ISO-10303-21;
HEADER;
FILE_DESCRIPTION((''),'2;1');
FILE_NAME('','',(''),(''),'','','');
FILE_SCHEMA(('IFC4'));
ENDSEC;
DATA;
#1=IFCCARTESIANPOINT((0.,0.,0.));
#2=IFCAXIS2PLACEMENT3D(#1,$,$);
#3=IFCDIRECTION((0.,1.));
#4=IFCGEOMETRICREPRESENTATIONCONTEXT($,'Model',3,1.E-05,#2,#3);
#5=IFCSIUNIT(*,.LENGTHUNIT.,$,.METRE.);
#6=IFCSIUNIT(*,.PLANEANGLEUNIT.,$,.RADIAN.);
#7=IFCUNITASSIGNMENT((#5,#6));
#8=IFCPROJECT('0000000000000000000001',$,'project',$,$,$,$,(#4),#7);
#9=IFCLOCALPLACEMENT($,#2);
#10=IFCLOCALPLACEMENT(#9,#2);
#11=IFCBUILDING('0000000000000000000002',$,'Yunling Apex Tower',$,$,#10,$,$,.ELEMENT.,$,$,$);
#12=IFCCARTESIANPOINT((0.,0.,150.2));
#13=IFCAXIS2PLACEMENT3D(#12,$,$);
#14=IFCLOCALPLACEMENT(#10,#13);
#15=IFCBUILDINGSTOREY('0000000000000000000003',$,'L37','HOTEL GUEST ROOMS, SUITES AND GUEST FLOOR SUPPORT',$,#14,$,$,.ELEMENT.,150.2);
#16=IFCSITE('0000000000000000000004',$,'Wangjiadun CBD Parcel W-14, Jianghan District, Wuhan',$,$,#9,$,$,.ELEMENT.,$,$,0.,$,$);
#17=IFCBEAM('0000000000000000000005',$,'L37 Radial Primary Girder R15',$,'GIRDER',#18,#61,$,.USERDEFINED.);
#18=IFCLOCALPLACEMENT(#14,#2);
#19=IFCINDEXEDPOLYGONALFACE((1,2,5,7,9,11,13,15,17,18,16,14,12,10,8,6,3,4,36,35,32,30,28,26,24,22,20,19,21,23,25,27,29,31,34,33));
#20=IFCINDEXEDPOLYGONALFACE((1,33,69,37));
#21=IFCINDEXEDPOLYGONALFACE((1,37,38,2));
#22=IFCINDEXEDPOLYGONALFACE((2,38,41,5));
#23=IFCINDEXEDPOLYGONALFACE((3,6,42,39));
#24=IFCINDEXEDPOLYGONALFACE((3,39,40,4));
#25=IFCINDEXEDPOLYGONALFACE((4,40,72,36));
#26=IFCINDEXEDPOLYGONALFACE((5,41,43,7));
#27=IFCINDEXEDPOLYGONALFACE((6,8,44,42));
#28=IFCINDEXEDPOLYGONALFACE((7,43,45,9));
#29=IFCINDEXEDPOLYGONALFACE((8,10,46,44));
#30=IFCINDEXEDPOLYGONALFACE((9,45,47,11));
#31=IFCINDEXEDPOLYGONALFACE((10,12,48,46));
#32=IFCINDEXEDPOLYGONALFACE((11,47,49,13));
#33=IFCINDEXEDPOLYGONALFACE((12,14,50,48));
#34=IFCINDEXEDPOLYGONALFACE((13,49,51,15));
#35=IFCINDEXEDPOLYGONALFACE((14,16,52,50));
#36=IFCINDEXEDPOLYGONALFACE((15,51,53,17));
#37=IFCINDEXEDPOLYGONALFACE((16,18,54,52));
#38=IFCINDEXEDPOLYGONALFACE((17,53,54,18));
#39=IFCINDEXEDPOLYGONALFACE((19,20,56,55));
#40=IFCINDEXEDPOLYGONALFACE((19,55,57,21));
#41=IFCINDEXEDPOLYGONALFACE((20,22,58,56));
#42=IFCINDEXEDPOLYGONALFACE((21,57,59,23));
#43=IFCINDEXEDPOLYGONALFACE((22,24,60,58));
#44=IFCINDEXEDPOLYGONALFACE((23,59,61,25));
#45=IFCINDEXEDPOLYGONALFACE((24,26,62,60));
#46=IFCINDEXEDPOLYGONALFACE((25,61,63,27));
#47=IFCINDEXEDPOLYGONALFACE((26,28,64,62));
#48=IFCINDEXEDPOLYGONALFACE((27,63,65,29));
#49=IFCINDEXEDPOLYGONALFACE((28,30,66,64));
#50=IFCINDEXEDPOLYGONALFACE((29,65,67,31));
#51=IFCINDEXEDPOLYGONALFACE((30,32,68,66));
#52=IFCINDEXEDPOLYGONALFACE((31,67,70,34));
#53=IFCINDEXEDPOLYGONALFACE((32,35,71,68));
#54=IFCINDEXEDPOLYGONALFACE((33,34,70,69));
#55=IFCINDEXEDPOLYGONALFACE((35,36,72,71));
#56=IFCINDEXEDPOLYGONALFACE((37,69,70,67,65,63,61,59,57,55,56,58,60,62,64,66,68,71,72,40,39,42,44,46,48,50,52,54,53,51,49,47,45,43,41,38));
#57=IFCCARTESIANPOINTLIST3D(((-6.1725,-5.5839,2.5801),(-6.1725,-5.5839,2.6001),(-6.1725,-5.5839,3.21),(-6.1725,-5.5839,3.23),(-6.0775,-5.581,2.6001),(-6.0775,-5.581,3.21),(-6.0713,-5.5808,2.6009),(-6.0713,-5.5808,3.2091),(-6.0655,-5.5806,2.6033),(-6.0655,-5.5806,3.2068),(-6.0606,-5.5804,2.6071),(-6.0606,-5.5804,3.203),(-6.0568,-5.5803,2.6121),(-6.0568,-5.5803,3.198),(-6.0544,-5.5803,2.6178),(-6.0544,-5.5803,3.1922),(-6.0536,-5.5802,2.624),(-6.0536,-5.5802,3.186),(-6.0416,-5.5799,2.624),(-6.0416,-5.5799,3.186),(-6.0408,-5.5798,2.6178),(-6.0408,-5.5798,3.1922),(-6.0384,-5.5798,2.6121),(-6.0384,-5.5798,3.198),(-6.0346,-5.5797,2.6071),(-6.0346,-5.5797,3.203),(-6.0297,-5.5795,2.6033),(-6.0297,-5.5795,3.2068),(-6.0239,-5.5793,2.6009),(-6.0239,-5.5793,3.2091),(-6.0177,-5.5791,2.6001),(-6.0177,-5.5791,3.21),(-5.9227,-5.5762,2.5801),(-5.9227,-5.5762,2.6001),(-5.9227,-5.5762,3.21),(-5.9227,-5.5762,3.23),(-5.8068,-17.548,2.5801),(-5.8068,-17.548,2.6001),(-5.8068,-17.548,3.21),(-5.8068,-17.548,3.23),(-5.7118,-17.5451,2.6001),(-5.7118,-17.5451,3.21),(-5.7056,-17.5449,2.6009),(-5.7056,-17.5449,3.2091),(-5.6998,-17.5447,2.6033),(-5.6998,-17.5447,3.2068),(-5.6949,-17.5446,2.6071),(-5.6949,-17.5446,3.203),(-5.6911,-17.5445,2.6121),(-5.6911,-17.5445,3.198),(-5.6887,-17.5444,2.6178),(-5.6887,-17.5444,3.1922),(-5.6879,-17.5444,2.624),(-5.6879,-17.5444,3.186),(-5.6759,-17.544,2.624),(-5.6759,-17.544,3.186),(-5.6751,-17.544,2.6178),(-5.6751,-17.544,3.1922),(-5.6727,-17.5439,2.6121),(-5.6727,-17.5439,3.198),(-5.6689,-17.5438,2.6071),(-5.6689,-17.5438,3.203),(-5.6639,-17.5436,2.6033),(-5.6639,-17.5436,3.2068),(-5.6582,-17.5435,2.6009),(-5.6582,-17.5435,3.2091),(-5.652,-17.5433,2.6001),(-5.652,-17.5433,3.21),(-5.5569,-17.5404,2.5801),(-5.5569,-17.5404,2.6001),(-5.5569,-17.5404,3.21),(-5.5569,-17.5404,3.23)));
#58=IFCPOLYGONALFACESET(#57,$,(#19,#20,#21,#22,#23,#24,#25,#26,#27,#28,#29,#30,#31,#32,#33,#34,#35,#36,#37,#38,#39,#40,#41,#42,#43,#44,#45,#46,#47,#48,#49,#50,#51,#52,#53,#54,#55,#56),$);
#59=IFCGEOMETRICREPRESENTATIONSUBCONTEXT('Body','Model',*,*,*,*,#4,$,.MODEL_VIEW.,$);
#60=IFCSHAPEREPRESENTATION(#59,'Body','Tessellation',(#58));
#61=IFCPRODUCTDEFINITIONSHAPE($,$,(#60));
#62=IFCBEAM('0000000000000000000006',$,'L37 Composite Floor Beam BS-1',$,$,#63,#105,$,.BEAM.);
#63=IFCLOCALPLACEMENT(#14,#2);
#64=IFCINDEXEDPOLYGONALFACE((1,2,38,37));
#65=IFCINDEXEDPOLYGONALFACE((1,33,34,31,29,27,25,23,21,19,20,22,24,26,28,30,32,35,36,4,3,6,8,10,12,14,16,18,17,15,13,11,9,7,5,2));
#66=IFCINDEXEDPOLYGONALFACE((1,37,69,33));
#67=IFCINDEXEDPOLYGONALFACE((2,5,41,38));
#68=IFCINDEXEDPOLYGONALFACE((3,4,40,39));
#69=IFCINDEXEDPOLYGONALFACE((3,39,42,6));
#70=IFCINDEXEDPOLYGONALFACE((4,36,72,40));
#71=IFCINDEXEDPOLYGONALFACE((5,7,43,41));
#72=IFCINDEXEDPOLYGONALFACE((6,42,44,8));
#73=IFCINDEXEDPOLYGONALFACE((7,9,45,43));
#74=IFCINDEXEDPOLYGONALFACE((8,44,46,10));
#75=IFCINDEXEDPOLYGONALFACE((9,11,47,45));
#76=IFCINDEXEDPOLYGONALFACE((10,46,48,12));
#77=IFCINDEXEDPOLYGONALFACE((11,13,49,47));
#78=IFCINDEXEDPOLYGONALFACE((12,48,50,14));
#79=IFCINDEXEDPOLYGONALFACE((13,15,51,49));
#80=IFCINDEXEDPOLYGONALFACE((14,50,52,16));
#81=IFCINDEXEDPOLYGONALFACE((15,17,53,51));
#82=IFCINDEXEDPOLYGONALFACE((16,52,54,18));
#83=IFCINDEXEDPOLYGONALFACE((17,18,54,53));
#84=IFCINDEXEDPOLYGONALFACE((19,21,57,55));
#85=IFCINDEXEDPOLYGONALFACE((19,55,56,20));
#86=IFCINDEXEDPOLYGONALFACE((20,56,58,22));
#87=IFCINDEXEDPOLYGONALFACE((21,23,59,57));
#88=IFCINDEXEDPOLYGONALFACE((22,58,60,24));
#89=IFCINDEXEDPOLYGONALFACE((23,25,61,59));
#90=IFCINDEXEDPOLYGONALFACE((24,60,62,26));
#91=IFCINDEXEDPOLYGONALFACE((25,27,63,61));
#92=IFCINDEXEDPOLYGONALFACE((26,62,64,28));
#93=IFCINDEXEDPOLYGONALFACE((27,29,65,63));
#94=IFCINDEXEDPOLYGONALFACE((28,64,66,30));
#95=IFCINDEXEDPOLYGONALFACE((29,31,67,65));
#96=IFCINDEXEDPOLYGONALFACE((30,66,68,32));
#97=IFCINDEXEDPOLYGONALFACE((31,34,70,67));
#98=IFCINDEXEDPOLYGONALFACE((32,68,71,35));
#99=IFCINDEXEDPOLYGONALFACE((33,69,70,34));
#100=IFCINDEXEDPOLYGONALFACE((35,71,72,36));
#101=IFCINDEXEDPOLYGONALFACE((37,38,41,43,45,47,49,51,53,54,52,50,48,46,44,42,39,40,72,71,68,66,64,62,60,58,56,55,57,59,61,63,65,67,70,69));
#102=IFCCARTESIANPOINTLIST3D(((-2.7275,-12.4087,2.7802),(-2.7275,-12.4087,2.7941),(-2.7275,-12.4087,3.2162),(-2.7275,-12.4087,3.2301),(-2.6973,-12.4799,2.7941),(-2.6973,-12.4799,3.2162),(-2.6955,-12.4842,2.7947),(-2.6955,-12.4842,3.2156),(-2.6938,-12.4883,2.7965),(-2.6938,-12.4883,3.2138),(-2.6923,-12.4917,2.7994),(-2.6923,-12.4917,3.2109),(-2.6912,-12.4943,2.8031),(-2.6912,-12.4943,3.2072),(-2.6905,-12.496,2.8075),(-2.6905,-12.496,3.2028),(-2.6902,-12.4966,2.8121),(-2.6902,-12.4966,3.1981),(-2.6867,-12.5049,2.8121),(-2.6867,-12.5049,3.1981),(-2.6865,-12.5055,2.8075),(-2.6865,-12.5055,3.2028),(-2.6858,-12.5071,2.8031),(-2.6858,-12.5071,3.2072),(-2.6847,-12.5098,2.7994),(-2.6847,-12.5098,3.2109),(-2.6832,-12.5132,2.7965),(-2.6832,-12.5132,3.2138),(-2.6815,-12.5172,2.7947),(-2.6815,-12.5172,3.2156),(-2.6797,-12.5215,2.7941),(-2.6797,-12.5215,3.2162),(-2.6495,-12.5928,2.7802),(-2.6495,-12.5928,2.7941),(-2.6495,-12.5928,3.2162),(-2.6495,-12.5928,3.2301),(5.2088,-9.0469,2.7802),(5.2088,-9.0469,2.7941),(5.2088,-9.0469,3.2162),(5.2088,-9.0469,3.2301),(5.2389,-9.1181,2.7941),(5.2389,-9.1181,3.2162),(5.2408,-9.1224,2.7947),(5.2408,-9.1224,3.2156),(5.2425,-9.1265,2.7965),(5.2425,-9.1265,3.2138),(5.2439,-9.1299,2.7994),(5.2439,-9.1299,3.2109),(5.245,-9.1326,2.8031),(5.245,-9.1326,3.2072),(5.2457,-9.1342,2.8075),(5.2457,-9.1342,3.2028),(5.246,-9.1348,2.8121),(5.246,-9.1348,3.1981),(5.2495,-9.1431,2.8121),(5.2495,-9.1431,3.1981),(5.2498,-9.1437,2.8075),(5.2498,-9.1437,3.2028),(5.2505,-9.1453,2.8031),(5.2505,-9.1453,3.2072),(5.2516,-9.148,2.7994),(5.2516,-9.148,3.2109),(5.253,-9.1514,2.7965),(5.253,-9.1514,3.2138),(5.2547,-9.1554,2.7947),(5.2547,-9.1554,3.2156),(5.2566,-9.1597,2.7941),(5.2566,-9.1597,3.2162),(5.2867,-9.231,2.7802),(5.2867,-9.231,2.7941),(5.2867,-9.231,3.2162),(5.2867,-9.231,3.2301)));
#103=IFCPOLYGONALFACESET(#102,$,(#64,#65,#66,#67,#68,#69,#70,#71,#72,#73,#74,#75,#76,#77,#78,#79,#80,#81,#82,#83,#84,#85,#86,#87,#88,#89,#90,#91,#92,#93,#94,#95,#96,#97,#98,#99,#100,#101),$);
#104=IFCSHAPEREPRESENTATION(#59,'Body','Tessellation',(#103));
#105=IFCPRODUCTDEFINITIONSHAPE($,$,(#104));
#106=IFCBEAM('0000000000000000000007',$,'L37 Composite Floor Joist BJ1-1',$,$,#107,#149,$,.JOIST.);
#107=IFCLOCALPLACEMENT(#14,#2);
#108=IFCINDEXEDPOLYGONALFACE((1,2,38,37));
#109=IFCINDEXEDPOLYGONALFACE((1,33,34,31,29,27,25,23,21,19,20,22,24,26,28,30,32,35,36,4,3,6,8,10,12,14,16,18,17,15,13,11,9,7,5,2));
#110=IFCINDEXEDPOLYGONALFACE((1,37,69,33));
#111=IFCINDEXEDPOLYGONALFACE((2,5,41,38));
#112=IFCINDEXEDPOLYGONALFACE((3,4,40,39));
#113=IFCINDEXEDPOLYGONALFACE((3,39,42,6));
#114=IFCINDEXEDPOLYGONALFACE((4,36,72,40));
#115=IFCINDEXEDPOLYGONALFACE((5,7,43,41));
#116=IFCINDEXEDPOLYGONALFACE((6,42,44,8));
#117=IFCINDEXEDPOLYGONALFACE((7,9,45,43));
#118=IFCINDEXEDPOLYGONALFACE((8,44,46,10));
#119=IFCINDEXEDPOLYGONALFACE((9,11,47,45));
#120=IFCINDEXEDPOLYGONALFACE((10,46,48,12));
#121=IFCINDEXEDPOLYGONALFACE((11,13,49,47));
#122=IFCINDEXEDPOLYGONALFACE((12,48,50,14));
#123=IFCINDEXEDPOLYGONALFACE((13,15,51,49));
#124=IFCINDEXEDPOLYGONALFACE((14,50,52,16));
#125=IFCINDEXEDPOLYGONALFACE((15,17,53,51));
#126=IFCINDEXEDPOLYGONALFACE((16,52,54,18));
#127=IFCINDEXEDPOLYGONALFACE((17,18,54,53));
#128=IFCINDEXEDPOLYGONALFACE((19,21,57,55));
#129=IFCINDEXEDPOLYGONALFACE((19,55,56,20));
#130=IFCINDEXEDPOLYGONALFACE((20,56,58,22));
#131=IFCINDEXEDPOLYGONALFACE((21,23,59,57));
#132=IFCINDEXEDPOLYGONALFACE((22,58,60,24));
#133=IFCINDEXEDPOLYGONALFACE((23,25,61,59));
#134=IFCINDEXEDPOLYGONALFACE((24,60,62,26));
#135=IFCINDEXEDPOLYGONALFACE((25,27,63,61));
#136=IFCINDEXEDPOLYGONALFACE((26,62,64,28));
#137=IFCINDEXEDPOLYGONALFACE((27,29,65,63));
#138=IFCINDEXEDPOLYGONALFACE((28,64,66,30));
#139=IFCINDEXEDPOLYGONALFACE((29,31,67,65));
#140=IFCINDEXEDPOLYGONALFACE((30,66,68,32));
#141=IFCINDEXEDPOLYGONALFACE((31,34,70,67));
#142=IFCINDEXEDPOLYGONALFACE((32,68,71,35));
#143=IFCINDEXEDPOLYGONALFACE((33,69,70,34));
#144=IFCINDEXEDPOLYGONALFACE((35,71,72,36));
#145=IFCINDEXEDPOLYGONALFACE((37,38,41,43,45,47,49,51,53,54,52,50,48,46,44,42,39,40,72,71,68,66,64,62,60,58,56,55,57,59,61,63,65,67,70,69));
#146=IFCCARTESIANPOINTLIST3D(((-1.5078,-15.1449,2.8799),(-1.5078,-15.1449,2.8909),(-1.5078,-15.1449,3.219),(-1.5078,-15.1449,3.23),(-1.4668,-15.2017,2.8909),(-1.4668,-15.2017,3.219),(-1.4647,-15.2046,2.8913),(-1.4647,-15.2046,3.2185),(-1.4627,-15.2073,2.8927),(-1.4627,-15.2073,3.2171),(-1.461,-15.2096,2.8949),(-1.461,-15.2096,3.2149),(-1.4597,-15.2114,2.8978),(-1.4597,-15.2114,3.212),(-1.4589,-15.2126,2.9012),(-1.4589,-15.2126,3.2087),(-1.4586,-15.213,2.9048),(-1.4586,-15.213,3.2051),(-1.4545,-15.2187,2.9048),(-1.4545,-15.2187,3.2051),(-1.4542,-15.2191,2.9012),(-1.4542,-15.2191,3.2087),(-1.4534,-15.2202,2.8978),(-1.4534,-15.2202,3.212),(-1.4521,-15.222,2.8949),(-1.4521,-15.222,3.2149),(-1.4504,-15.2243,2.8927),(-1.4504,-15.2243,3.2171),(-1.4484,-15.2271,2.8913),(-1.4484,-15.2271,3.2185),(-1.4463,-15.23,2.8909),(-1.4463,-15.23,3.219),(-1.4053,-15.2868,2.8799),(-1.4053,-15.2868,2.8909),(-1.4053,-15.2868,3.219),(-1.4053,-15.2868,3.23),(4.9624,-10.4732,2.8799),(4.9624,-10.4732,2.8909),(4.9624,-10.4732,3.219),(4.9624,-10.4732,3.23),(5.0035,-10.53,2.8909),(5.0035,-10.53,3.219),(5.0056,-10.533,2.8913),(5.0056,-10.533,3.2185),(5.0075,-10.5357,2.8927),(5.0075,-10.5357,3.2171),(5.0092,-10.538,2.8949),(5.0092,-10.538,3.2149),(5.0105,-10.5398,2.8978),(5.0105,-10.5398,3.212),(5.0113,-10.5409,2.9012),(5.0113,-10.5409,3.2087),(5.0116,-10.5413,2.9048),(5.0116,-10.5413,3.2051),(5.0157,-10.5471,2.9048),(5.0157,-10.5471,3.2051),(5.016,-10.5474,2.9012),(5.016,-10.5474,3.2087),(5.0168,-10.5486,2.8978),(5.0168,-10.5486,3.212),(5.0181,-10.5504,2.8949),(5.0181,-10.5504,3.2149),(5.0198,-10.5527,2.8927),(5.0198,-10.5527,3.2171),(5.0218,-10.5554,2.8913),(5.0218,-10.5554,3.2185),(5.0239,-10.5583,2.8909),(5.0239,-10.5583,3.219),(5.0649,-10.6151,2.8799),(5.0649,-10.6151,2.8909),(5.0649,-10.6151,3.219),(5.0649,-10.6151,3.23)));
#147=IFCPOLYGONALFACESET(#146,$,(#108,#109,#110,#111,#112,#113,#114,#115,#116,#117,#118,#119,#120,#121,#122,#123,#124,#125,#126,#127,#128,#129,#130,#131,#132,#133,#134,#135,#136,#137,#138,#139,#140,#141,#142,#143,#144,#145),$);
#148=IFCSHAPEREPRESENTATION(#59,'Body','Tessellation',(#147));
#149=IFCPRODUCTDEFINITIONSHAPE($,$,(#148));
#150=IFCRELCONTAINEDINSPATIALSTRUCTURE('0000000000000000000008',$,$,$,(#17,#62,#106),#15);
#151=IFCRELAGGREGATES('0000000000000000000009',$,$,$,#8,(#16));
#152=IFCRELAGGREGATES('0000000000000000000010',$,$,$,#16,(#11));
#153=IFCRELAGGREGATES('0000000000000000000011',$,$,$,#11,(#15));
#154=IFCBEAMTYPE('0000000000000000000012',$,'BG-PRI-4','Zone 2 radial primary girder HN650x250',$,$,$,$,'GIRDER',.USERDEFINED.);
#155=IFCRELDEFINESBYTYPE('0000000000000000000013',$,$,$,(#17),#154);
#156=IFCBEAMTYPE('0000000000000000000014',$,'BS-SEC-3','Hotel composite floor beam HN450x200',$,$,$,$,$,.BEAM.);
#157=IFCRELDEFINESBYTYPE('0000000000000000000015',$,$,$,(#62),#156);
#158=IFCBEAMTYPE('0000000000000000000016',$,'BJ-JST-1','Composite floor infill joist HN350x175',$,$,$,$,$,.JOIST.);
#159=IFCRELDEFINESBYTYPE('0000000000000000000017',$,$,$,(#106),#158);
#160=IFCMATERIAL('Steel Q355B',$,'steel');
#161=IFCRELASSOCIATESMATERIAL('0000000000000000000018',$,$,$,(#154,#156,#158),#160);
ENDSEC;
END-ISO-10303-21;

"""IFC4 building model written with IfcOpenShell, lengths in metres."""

from ifc_helpers import new_model, si_unit, direction, frame, origin, origin_2d, place, context, subcontext, project, spatial, i_section, extrude, source, transform, mapped, material, material_profile, profile_set, type_object, element, save


model = new_model("IFC4")

# Units and contexts
model_context = context("Model", 3, precision=1e-05, world=origin(), true_north=direction((0.0, 1.0)))
body_context = subcontext(model_context, "Body", "Model", "MODEL_VIEW")
ifc_project = project(units=[si_unit("LENGTHUNIT", "METRE"), si_unit("PLANEANGLEUNIT", "RADIAN")], contexts=[model_context])

# Site, building, storey
site_placement = place(None, origin())
site = spatial("IfcSite", under=ifc_project, at=site_placement, Name="Wangjiadun CBD Parcel W-14, Jianghan District, Wuhan", CompositionType="ELEMENT", RefElevation=0.0)
building_placement = place(site_placement, origin())
building = spatial("IfcBuilding", under=site, at=building_placement, Name="Yunling Apex Tower", CompositionType="ELEMENT")
storey_placement = place(building_placement, frame((0.0, 0.0, 150.2)))
storey = spatial("IfcBuildingStorey", under=building, at=storey_placement, Name="L37", Description="HOTEL GUEST ROOMS, SUITES AND GUEST FLOOR SUPPORT", CompositionType="ELEMENT", Elevation=150.2)

# Beams
ifc_material_1 = material(Name="Steel Q355B", Category="steel")
ifc_material_profile_1 = material_profile(ifc_material_1, i_section(OverallWidth=0.25, OverallDepth=0.6499, WebThickness=0.012, FlangeThickness=0.02, FilletRadius=0.0239, at=origin_2d()))
ifc_profile_set_1 = profile_set([ifc_material_profile_1], Name="Steel Q355B")
beam_type_1 = type_object("IfcBeamType", Name="BG-PRI-4", Description="Zone 2 radial primary girder HN650x250", ElementType="GIRDER", PredefinedType="USERDEFINED", material=ifc_profile_set_1)
shared_shape_1 = source(origin(), body_context, "Body", "SweptSolid", [
    extrude(i_section(OverallWidth=0.25, OverallDepth=0.6499, WebThickness=0.012, FlangeThickness=0.02, FilletRadius=0.0239, at=origin_2d()), origin(), (0.0, 0.0, 1.0), 11.9697),
])
beam_1_placement = place(storey_placement, frame((-5.6819, -17.5442, 2.905), z_axis=(-0.030554, 0.999533, 0.0), x_axis=(-0.999533, -0.030554, 0.0)))
element("IfcBeam", 1, at=beam_1_placement, inside=storey, type_object=beam_type_1, Name="L37 Radial Primary Girder R15", ObjectType="GIRDER", PredefinedType="USERDEFINED", context=body_context, shape_type="MappedRepresentation", body=[
    mapped(shared_shape_1, transform((0.0, 0.0, 0.0), scale=1.0)),
])
ifc_material_profile_2 = material_profile(ifc_material_1, i_section(OverallWidth=0.2, OverallDepth=0.45, WebThickness=0.009, FlangeThickness=0.0139, FilletRadius=0.0181, at=origin_2d()))
ifc_profile_set_2 = profile_set([ifc_material_profile_2], Name="Steel Q355B")
beam_type_2 = type_object("IfcBeamType", Name="BS-SEC-3", Description="Hotel composite floor beam HN450x200", PredefinedType="BEAM", material=ifc_profile_set_2)
shared_shape_2 = source(origin(), body_context, "Body", "SweptSolid", [
    extrude(i_section(OverallWidth=0.2, OverallDepth=0.45, WebThickness=0.009, FlangeThickness=0.0139, FilletRadius=0.0181, at=origin_2d()), origin(), (0.0, 0.0, 1.0), 8.6189),
])
beam_2_placement = place(storey_placement, frame((-2.6885, -12.5007, 3.0051), z_axis=(0.920794, 0.390049, 0.0), x_axis=(-0.390049, 0.920794, 0.0)))
element("IfcBeam", 2, at=beam_2_placement, inside=storey, type_object=beam_type_2, Name="L37 Composite Floor Beam BS-1", PredefinedType="BEAM", context=body_context, shape_type="MappedRepresentation", body=[
    mapped(shared_shape_2, transform((0.0, 0.0, 0.0), scale=1.0)),
])
ifc_material_profile_3 = material_profile(ifc_material_1, i_section(OverallWidth=0.175, OverallDepth=0.3501, WebThickness=0.0071, FlangeThickness=0.011, FilletRadius=0.0139, at=origin_2d()))
ifc_profile_set_3 = profile_set([ifc_material_profile_3], Name="Steel Q355B")
beam_type_3 = type_object("IfcBeamType", Name="BJ-JST-1", Description="Composite floor infill joist HN350x175", PredefinedType="JOIST", material=ifc_profile_set_3)
shared_shape_3 = source(origin(), body_context, "Body", "SweptSolid", [
    extrude(i_section(OverallWidth=0.175, OverallDepth=0.3501, WebThickness=0.0071, FlangeThickness=0.011, FilletRadius=0.0139, at=origin_2d()), origin(), (0.0, 0.0, 1.0), 7.9805),
])
beam_3_placement = place(storey_placement, frame((-1.4565, -15.2158, 3.0549), z_axis=(0.810757, 0.585383, 0.0), x_axis=(-0.585383, 0.810757, 0.0)))
element("IfcBeam", 3, at=beam_3_placement, inside=storey, type_object=beam_type_3, Name="L37 Composite Floor Joist BJ1-1", PredefinedType="JOIST", context=body_context, shape_type="MappedRepresentation", body=[
    mapped(shared_shape_3, transform((0.0, 0.0, 0.0), scale=1.0)),
])

save(model, "model.ifc")
